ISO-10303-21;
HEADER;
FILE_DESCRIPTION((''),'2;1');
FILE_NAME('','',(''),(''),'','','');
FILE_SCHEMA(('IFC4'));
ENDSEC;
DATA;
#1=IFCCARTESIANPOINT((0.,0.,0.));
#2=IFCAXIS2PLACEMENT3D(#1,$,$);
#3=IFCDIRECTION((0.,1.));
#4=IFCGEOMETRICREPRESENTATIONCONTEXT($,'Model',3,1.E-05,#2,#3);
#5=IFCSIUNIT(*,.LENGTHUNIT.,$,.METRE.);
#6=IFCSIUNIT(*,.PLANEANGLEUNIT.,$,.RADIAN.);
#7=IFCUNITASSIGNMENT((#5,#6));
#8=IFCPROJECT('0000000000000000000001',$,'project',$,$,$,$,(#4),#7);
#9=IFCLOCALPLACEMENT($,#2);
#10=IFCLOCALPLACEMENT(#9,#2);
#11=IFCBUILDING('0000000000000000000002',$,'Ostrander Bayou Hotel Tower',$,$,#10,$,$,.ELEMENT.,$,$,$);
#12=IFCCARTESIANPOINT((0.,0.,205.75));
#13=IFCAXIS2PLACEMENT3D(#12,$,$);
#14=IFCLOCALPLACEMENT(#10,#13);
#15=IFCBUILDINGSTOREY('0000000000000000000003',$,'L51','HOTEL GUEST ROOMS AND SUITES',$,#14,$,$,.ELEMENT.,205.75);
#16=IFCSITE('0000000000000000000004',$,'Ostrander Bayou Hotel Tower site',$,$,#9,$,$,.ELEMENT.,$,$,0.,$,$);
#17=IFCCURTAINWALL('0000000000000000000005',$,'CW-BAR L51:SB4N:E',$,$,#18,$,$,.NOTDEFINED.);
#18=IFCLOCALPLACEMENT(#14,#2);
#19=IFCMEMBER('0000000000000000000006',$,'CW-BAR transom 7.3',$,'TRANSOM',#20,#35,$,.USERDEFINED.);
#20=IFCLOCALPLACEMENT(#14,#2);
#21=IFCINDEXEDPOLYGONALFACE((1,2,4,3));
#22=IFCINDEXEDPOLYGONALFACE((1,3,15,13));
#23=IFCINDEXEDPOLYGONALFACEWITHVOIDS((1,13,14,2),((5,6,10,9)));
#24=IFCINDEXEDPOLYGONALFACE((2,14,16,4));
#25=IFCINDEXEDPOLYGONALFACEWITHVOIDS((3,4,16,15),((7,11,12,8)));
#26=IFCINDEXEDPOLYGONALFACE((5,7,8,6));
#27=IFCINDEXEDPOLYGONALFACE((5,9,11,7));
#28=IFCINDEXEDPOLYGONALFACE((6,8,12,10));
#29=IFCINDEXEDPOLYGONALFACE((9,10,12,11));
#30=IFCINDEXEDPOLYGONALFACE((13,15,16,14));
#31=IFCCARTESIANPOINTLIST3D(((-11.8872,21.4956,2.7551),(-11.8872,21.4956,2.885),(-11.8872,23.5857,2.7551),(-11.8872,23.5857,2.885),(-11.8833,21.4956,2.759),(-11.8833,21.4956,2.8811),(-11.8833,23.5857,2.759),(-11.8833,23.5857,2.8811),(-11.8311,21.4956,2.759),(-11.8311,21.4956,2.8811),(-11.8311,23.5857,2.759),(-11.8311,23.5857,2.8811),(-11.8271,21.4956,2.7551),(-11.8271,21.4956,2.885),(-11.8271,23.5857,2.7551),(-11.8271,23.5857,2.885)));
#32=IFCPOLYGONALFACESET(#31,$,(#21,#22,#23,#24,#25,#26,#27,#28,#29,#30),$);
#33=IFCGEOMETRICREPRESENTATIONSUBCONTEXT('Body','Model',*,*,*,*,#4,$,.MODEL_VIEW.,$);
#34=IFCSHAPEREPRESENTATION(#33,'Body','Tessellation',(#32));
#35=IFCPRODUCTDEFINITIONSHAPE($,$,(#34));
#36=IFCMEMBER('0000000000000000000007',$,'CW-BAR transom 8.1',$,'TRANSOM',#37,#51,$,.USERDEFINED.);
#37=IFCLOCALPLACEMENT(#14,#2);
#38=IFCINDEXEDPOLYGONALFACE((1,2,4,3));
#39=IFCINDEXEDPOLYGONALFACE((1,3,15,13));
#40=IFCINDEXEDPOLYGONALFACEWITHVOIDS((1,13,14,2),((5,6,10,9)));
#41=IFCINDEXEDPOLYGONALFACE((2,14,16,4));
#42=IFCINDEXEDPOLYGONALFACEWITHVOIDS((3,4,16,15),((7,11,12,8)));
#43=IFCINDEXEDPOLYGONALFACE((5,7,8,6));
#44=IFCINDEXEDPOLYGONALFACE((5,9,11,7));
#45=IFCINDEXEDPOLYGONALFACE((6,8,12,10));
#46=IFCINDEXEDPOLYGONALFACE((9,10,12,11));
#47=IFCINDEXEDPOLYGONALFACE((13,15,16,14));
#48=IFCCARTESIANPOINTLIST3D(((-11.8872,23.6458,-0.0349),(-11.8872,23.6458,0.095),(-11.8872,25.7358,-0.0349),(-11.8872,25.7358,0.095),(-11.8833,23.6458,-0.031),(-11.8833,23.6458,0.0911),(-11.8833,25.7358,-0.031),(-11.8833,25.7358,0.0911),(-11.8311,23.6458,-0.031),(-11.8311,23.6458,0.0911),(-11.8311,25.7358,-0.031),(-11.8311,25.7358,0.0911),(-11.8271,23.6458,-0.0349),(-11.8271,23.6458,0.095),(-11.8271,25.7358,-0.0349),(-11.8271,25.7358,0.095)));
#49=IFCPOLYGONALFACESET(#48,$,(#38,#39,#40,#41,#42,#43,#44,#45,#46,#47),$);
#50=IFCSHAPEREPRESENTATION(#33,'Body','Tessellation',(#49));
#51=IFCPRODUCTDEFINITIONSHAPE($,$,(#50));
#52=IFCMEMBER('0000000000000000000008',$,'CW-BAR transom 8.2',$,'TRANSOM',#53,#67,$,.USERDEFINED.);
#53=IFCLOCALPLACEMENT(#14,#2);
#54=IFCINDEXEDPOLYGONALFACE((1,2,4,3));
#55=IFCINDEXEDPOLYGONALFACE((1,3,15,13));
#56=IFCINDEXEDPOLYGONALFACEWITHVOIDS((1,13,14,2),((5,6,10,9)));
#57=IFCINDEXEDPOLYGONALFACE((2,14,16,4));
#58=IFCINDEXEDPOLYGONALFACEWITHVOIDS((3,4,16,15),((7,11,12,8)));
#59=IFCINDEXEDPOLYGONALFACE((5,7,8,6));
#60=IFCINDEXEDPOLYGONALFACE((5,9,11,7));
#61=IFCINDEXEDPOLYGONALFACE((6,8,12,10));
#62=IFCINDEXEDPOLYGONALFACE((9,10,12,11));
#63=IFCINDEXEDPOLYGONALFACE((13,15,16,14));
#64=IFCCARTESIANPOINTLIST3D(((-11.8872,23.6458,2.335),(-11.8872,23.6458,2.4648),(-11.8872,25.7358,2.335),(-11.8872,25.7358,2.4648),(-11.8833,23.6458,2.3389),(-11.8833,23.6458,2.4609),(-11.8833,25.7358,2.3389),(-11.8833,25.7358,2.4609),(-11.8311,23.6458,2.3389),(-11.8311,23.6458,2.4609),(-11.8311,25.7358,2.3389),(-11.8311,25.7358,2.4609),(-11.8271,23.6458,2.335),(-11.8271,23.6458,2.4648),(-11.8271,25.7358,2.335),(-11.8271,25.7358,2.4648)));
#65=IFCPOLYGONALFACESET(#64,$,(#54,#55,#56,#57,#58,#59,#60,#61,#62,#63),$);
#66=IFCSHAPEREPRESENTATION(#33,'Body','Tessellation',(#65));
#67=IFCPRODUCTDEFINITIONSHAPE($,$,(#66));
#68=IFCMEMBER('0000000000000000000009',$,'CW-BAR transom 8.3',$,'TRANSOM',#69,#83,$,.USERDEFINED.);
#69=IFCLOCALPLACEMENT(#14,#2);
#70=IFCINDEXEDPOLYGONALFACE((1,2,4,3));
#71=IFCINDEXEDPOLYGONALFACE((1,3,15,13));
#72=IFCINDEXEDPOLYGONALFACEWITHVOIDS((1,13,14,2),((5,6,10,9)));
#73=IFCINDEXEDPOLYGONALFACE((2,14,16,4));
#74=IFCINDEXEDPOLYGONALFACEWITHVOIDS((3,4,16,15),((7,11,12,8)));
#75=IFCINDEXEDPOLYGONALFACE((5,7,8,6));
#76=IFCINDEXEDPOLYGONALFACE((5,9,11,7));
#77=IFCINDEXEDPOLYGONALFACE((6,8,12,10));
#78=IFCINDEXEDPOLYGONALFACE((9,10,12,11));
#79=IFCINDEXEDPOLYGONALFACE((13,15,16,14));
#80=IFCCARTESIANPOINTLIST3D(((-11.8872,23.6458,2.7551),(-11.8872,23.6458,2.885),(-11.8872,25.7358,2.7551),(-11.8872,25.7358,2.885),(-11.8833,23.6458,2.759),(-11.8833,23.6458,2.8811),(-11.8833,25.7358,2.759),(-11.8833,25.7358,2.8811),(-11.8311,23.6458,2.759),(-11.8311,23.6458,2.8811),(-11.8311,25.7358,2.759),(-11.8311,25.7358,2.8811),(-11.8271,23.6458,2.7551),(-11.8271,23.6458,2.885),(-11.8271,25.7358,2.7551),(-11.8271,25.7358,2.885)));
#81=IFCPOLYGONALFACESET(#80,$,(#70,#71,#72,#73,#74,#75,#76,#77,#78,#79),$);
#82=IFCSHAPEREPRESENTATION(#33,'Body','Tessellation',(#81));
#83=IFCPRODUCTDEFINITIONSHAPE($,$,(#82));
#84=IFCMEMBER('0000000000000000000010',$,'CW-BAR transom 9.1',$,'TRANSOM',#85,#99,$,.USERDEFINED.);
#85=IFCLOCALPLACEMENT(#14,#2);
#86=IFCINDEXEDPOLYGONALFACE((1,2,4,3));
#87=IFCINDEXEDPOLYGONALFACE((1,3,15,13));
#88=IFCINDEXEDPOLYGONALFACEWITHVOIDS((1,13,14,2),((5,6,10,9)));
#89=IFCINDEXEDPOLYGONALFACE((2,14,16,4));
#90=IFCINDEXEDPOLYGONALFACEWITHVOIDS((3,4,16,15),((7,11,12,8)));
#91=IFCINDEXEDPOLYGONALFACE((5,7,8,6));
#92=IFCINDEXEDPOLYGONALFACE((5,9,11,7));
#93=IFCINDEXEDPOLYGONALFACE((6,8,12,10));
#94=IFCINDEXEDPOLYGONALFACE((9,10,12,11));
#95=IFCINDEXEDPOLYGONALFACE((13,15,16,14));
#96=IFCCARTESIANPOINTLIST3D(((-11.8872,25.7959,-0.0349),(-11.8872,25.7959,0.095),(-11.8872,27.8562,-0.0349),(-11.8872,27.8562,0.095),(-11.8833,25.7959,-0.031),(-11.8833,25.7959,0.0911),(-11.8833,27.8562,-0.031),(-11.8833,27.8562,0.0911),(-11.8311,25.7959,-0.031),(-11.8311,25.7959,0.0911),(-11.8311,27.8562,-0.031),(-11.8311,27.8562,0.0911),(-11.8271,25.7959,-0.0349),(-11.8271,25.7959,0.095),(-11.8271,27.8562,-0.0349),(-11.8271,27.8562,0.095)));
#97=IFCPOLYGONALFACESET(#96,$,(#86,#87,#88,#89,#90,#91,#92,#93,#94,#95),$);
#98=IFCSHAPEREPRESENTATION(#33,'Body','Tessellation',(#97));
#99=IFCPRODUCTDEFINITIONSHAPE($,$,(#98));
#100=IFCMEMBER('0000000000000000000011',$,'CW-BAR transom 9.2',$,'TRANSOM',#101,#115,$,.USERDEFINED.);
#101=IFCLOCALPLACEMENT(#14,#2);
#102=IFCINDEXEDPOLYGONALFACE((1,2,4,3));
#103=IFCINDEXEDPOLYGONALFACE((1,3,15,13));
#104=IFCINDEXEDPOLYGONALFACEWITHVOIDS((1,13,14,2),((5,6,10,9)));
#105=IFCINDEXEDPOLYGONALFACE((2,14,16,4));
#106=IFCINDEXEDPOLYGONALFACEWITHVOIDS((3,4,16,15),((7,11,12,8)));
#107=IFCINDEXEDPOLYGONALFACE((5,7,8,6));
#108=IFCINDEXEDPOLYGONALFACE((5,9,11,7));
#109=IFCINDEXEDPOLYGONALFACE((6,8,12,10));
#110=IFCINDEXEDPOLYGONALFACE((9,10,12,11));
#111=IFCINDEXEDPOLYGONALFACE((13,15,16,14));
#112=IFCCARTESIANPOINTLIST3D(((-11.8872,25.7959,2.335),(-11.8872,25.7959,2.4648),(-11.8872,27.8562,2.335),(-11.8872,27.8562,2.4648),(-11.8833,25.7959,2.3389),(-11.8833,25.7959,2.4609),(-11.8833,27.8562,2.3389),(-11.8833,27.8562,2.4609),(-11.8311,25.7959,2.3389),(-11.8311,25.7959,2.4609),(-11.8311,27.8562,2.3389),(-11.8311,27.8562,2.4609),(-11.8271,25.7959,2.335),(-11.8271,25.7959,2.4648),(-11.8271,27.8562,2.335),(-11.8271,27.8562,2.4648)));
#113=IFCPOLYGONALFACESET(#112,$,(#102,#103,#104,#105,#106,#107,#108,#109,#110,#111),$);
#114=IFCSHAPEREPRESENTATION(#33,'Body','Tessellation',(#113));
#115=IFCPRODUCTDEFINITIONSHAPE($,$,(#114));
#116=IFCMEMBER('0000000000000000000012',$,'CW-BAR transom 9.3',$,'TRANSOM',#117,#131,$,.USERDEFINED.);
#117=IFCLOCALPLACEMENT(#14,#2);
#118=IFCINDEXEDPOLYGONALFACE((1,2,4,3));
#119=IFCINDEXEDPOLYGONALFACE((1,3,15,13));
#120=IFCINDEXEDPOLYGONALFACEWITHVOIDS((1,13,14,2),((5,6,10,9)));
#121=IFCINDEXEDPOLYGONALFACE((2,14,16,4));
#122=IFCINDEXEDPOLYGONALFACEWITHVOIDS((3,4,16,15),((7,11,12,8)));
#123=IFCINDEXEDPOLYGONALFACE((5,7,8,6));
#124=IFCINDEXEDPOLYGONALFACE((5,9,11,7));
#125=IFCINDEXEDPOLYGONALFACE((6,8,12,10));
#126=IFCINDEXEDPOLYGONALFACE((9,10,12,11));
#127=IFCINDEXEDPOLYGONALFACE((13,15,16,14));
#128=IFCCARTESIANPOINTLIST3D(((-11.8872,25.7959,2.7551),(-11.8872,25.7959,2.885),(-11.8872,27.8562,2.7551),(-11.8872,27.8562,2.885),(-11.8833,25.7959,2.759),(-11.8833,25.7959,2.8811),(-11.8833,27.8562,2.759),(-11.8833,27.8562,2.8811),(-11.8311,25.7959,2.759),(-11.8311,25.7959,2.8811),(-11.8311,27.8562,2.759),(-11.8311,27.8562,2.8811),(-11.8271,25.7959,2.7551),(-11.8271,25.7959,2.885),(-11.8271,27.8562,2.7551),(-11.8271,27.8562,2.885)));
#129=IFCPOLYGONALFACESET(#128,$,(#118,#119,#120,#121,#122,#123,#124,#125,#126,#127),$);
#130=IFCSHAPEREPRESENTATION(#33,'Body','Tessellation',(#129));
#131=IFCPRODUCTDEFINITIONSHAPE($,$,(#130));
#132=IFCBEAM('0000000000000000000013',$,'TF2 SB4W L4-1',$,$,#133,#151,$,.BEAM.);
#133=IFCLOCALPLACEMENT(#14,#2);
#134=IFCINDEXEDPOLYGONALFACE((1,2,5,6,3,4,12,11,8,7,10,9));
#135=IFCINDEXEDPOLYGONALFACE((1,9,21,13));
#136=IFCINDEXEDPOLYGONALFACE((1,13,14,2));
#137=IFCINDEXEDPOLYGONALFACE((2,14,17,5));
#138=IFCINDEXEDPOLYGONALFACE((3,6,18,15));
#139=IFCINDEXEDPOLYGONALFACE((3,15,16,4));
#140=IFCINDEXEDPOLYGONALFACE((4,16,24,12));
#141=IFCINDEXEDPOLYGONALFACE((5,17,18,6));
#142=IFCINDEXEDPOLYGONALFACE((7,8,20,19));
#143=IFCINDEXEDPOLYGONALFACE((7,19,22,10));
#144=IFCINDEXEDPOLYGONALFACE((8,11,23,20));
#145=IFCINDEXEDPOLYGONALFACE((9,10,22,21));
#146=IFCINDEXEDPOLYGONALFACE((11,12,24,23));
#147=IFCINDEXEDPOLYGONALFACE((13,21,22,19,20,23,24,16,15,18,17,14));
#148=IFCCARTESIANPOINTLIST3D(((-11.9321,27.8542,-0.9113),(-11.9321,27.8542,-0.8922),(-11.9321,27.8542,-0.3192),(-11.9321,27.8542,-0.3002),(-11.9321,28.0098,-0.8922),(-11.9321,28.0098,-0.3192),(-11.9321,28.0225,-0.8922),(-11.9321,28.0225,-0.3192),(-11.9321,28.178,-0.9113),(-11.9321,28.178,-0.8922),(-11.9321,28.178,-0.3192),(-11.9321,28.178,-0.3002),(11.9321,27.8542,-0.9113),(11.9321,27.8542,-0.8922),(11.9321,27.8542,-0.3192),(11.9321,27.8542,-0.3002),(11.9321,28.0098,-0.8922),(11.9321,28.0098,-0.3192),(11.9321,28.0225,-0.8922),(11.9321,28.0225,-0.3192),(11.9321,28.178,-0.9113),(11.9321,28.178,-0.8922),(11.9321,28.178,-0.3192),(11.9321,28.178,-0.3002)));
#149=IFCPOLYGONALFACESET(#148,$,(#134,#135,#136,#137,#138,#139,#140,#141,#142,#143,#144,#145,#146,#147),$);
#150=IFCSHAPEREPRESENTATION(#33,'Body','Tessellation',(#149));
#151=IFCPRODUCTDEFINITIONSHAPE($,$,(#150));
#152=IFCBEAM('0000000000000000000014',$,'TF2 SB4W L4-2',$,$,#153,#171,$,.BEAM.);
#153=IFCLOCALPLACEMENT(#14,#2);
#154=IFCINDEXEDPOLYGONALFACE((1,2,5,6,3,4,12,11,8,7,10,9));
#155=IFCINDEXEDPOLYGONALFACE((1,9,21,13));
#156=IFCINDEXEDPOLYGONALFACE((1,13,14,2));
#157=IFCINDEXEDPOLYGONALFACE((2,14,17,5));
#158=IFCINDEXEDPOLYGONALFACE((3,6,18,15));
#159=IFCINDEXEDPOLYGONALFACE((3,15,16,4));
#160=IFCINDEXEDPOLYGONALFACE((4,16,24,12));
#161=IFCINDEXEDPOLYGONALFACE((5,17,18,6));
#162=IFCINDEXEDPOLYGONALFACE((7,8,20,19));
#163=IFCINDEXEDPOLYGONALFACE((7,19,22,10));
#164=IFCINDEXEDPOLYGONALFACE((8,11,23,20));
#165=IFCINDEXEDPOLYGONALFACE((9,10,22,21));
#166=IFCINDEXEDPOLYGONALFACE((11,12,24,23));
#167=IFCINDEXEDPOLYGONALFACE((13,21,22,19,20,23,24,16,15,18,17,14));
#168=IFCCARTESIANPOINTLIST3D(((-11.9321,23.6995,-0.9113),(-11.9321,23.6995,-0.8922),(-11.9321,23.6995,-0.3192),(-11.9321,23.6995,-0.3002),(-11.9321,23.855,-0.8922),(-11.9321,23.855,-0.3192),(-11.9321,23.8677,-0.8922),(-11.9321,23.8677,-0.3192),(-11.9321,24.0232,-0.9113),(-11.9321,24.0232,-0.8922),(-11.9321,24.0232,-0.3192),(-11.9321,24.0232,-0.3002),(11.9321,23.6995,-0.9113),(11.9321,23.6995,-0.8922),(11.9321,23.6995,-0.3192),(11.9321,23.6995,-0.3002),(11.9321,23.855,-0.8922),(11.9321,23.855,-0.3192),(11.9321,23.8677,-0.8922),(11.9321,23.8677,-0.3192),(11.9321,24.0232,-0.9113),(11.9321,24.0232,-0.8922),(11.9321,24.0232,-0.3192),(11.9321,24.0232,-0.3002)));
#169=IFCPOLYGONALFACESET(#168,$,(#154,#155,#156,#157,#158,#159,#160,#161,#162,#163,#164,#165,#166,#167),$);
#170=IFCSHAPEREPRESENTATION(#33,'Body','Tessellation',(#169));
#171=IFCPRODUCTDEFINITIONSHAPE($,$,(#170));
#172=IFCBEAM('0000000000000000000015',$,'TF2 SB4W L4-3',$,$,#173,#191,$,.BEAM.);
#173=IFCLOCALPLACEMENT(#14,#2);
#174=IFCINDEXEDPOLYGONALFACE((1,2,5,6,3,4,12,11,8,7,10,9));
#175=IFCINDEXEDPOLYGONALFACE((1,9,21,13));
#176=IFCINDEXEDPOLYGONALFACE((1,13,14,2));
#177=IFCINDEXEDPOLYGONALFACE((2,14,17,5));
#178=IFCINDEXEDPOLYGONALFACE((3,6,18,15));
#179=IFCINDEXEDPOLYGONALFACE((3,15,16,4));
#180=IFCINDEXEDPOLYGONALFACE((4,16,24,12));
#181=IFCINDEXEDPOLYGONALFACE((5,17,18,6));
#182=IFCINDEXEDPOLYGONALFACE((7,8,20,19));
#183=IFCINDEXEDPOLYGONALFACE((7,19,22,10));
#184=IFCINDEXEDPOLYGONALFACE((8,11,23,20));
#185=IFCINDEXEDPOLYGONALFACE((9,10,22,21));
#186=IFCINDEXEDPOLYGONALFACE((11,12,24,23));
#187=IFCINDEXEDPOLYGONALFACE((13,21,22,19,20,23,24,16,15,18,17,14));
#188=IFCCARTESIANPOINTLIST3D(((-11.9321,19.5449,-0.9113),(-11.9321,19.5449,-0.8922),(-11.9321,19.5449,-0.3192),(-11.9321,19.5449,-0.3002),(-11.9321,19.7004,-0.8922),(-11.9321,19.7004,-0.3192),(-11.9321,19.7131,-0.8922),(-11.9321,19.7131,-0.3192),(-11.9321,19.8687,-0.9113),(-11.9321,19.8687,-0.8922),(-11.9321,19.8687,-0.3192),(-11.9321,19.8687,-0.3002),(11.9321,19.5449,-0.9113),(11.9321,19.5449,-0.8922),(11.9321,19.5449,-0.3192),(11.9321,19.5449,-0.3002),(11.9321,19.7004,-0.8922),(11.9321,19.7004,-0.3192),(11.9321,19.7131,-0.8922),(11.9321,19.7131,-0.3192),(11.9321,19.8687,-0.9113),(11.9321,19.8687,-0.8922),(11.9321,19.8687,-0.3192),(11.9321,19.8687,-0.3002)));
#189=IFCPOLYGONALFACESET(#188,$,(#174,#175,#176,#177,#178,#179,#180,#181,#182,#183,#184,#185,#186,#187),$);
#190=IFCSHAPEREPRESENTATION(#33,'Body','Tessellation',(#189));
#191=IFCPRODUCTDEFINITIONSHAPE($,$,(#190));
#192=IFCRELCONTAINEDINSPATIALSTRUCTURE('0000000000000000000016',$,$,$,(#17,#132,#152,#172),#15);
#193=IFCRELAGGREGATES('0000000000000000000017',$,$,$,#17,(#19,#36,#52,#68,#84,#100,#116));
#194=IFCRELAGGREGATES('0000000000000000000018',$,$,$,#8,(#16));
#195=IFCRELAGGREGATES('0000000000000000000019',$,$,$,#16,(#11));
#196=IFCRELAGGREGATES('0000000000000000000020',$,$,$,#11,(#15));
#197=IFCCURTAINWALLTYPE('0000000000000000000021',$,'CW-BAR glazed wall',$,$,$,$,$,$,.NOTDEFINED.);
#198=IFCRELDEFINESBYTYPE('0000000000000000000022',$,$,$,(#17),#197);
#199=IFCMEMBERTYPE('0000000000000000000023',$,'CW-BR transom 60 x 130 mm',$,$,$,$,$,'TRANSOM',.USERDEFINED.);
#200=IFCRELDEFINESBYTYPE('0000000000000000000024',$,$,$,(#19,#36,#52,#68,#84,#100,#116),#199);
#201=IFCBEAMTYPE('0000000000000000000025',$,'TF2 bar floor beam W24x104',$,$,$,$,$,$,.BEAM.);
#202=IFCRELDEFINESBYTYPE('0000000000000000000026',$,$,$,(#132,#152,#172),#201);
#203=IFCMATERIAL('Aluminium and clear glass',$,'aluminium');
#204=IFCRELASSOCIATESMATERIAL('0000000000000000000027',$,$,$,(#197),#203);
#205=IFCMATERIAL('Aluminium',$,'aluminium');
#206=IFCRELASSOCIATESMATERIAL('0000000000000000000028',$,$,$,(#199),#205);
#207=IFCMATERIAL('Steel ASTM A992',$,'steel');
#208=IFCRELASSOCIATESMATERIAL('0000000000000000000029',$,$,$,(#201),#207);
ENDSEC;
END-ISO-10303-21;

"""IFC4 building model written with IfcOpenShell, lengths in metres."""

from ifc_helpers import new_model, si_unit, direction, frame, origin, origin_2d, place, context, subcontext, project, spatial, hollow_rectangle, i_section, extrude, material, material_profile, profile_set, type_object, element, aggregate, save


model = new_model("IFC4")

# Units and contexts
model_context = context("Model", 3, precision=1e-05, world=origin(), true_north=direction((0.0, 1.0)))
body_context = subcontext(model_context, "Body", "Model", "MODEL_VIEW")
ifc_project = project(units=[si_unit("LENGTHUNIT", "METRE"), si_unit("PLANEANGLEUNIT", "RADIAN")], contexts=[model_context])

# Site, building, storey
site_placement = place(None, origin())
site = spatial("IfcSite", under=ifc_project, at=site_placement, Name="Ostrander Bayou Hotel Tower site", CompositionType="ELEMENT", RefElevation=0.0)
building_placement = place(site_placement, origin())
building = spatial("IfcBuilding", under=site, at=building_placement, Name="Ostrander Bayou Hotel Tower", CompositionType="ELEMENT")
storey_placement = place(building_placement, frame((0.0, 0.0, 205.75)))
storey = spatial("IfcBuildingStorey", under=building, at=storey_placement, Name="L51", Description="HOTEL GUEST ROOMS AND SUITES", CompositionType="ELEMENT", Elevation=205.75)

# Curtain wall
ifc_material_1 = material(Name="Aluminium and clear glass", Category="aluminium")
curtain_wall_type = type_object("IfcCurtainWallType", Name="CW-BAR glazed wall", PredefinedType="NOTDEFINED", material=ifc_material_1)
curtain_wall_1_placement = place(storey_placement, origin())
curtain_wall_1 = element("IfcCurtainWall", 1, at=curtain_wall_1_placement, inside=storey, type_object=curtain_wall_type, Name="CW-BAR L51:SB4N:E", PredefinedType="NOTDEFINED")

# Members
ifc_material_2 = material(Name="Aluminium", Category="aluminium")
ifc_material_profile_1 = material_profile(ifc_material_2, hollow_rectangle(XDim=0.0601, YDim=0.1299, WallThickness=0.0039, at=origin_2d()))
ifc_profile_set_1 = profile_set([ifc_material_profile_1], Name="Aluminium")
member_type_1 = type_object("IfcMemberType", Name="CW-BR transom 60 x 130 mm", ElementType="TRANSOM", PredefinedType="USERDEFINED", material=ifc_profile_set_1)
member_1_placement = place(storey_placement, frame((-11.8572, 21.4956, 2.8201), z_axis=(0.0, 1.0, 0.0), x_axis=(-1.0, 0.0, 0.0)))
member_1 = element("IfcMember", 2, at=member_1_placement, type_object=member_type_1, Name="CW-BAR transom 7.3", ObjectType="TRANSOM", PredefinedType="USERDEFINED", context=body_context, shape_type="SweptSolid", body=[
    extrude(hollow_rectangle(XDim=0.0601, YDim=0.1299, WallThickness=0.0039, at=origin_2d()), origin(), (0.0, 0.0, 1.0), 2.0901),
])
member_2_placement = place(storey_placement, frame((-11.8572, 23.6458, 0.03), z_axis=(0.0, 1.0, 0.0), x_axis=(-1.0, 0.0, 0.0)))
member_2 = element("IfcMember", 3, at=member_2_placement, type_object=member_type_1, Name="CW-BAR transom 8.1", ObjectType="TRANSOM", PredefinedType="USERDEFINED", context=body_context, shape_type="SweptSolid", body=[
    extrude(hollow_rectangle(XDim=0.0601, YDim=0.1299, WallThickness=0.0039, at=origin_2d()), origin(), (0.0, 0.0, 1.0), 2.0901),
])
member_3_placement = place(storey_placement, frame((-11.8572, 23.6458, 2.3999), z_axis=(0.0, 1.0, 0.0), x_axis=(-1.0, 0.0, 0.0)))
member_3 = element("IfcMember", 4, at=member_3_placement, type_object=member_type_1, Name="CW-BAR transom 8.2", ObjectType="TRANSOM", PredefinedType="USERDEFINED", context=body_context, shape_type="SweptSolid", body=[
    extrude(hollow_rectangle(XDim=0.0601, YDim=0.1299, WallThickness=0.0039, at=origin_2d()), origin(), (0.0, 0.0, 1.0), 2.0901),
])
member_4_placement = place(storey_placement, frame((-11.8572, 23.6458, 2.8201), z_axis=(0.0, 1.0, 0.0), x_axis=(-1.0, 0.0, 0.0)))
member_4 = element("IfcMember", 5, at=member_4_placement, type_object=member_type_1, Name="CW-BAR transom 8.3", ObjectType="TRANSOM", PredefinedType="USERDEFINED", context=body_context, shape_type="SweptSolid", body=[
    extrude(hollow_rectangle(XDim=0.0601, YDim=0.1299, WallThickness=0.0039, at=origin_2d()), origin(), (0.0, 0.0, 1.0), 2.0901),
])
member_5_placement = place(storey_placement, frame((-11.8572, 25.7959, 0.03), z_axis=(0.0, 1.0, 0.0), x_axis=(-1.0, 0.0, 0.0)))
member_5 = element("IfcMember", 6, at=member_5_placement, type_object=member_type_1, Name="CW-BAR transom 9.1", ObjectType="TRANSOM", PredefinedType="USERDEFINED", context=body_context, shape_type="SweptSolid", body=[
    extrude(hollow_rectangle(XDim=0.0601, YDim=0.1299, WallThickness=0.0039, at=origin_2d()), origin(), (0.0, 0.0, 1.0), 2.0603),
])
member_6_placement = place(storey_placement, frame((-11.8572, 25.7959, 2.3999), z_axis=(0.0, 1.0, 0.0), x_axis=(-1.0, 0.0, 0.0)))
member_6 = element("IfcMember", 7, at=member_6_placement, type_object=member_type_1, Name="CW-BAR transom 9.2", ObjectType="TRANSOM", PredefinedType="USERDEFINED", context=body_context, shape_type="SweptSolid", body=[
    extrude(hollow_rectangle(XDim=0.0601, YDim=0.1299, WallThickness=0.0039, at=origin_2d()), origin(), (0.0, 0.0, 1.0), 2.0603),
])
member_7_placement = place(storey_placement, frame((-11.8572, 25.7959, 2.8201), z_axis=(0.0, 1.0, 0.0), x_axis=(-1.0, 0.0, 0.0)))
member_7 = element("IfcMember", 8, at=member_7_placement, type_object=member_type_1, Name="CW-BAR transom 9.3", ObjectType="TRANSOM", PredefinedType="USERDEFINED", context=body_context, shape_type="SweptSolid", body=[
    extrude(hollow_rectangle(XDim=0.0601, YDim=0.1299, WallThickness=0.0039, at=origin_2d()), origin(), (0.0, 0.0, 1.0), 2.0603),
])

# Beams
ifc_material_3 = material(Name="Steel ASTM A992", Category="steel")
ifc_material_profile_2 = material_profile(ifc_material_3, i_section(OverallWidth=0.3237, OverallDepth=0.6111, WebThickness=0.0127, FlangeThickness=0.019, at=origin_2d()))
ifc_profile_set_2 = profile_set([ifc_material_profile_2], Name="Steel ASTM A992")
beam_type = type_object("IfcBeamType", Name="TF2 bar floor beam W24x104", PredefinedType="BEAM", material=ifc_profile_set_2)
for number, where, z_axis, x_axis, name in (
    (9, (-11.9321, 28.0161, -0.6057), (1.0, 0.0, 0.0), (0.0, 1.0, 0.0), "TF2 SB4W L4-1"),
    (10, (-11.9321, 23.8613, -0.6057), (1.0, 0.0, 0.0), (0.0, 1.0, 0.0), "TF2 SB4W L4-2"),
    (11, (-11.9321, 19.7068, -0.6057), (1.0, 0.0, 0.0), (0.0, 1.0, 0.0), "TF2 SB4W L4-3"),
):
    element("IfcBeam", number, at=place(storey_placement, frame(where, z_axis=z_axis, x_axis=x_axis)), inside=storey, type_object=beam_type, Name=name, PredefinedType="BEAM", context=body_context, shape_type="SweptSolid", body=[
        extrude(i_section(OverallWidth=0.3237, OverallDepth=0.6111, WebThickness=0.0127, FlangeThickness=0.019, at=origin_2d()), origin(), (0.0, 0.0, 1.0), 23.8643),
    ])

aggregate(curtain_wall_1, [member_1, member_2, member_3, member_4, member_5, member_6, member_7])

save(model, "model.ifc")
